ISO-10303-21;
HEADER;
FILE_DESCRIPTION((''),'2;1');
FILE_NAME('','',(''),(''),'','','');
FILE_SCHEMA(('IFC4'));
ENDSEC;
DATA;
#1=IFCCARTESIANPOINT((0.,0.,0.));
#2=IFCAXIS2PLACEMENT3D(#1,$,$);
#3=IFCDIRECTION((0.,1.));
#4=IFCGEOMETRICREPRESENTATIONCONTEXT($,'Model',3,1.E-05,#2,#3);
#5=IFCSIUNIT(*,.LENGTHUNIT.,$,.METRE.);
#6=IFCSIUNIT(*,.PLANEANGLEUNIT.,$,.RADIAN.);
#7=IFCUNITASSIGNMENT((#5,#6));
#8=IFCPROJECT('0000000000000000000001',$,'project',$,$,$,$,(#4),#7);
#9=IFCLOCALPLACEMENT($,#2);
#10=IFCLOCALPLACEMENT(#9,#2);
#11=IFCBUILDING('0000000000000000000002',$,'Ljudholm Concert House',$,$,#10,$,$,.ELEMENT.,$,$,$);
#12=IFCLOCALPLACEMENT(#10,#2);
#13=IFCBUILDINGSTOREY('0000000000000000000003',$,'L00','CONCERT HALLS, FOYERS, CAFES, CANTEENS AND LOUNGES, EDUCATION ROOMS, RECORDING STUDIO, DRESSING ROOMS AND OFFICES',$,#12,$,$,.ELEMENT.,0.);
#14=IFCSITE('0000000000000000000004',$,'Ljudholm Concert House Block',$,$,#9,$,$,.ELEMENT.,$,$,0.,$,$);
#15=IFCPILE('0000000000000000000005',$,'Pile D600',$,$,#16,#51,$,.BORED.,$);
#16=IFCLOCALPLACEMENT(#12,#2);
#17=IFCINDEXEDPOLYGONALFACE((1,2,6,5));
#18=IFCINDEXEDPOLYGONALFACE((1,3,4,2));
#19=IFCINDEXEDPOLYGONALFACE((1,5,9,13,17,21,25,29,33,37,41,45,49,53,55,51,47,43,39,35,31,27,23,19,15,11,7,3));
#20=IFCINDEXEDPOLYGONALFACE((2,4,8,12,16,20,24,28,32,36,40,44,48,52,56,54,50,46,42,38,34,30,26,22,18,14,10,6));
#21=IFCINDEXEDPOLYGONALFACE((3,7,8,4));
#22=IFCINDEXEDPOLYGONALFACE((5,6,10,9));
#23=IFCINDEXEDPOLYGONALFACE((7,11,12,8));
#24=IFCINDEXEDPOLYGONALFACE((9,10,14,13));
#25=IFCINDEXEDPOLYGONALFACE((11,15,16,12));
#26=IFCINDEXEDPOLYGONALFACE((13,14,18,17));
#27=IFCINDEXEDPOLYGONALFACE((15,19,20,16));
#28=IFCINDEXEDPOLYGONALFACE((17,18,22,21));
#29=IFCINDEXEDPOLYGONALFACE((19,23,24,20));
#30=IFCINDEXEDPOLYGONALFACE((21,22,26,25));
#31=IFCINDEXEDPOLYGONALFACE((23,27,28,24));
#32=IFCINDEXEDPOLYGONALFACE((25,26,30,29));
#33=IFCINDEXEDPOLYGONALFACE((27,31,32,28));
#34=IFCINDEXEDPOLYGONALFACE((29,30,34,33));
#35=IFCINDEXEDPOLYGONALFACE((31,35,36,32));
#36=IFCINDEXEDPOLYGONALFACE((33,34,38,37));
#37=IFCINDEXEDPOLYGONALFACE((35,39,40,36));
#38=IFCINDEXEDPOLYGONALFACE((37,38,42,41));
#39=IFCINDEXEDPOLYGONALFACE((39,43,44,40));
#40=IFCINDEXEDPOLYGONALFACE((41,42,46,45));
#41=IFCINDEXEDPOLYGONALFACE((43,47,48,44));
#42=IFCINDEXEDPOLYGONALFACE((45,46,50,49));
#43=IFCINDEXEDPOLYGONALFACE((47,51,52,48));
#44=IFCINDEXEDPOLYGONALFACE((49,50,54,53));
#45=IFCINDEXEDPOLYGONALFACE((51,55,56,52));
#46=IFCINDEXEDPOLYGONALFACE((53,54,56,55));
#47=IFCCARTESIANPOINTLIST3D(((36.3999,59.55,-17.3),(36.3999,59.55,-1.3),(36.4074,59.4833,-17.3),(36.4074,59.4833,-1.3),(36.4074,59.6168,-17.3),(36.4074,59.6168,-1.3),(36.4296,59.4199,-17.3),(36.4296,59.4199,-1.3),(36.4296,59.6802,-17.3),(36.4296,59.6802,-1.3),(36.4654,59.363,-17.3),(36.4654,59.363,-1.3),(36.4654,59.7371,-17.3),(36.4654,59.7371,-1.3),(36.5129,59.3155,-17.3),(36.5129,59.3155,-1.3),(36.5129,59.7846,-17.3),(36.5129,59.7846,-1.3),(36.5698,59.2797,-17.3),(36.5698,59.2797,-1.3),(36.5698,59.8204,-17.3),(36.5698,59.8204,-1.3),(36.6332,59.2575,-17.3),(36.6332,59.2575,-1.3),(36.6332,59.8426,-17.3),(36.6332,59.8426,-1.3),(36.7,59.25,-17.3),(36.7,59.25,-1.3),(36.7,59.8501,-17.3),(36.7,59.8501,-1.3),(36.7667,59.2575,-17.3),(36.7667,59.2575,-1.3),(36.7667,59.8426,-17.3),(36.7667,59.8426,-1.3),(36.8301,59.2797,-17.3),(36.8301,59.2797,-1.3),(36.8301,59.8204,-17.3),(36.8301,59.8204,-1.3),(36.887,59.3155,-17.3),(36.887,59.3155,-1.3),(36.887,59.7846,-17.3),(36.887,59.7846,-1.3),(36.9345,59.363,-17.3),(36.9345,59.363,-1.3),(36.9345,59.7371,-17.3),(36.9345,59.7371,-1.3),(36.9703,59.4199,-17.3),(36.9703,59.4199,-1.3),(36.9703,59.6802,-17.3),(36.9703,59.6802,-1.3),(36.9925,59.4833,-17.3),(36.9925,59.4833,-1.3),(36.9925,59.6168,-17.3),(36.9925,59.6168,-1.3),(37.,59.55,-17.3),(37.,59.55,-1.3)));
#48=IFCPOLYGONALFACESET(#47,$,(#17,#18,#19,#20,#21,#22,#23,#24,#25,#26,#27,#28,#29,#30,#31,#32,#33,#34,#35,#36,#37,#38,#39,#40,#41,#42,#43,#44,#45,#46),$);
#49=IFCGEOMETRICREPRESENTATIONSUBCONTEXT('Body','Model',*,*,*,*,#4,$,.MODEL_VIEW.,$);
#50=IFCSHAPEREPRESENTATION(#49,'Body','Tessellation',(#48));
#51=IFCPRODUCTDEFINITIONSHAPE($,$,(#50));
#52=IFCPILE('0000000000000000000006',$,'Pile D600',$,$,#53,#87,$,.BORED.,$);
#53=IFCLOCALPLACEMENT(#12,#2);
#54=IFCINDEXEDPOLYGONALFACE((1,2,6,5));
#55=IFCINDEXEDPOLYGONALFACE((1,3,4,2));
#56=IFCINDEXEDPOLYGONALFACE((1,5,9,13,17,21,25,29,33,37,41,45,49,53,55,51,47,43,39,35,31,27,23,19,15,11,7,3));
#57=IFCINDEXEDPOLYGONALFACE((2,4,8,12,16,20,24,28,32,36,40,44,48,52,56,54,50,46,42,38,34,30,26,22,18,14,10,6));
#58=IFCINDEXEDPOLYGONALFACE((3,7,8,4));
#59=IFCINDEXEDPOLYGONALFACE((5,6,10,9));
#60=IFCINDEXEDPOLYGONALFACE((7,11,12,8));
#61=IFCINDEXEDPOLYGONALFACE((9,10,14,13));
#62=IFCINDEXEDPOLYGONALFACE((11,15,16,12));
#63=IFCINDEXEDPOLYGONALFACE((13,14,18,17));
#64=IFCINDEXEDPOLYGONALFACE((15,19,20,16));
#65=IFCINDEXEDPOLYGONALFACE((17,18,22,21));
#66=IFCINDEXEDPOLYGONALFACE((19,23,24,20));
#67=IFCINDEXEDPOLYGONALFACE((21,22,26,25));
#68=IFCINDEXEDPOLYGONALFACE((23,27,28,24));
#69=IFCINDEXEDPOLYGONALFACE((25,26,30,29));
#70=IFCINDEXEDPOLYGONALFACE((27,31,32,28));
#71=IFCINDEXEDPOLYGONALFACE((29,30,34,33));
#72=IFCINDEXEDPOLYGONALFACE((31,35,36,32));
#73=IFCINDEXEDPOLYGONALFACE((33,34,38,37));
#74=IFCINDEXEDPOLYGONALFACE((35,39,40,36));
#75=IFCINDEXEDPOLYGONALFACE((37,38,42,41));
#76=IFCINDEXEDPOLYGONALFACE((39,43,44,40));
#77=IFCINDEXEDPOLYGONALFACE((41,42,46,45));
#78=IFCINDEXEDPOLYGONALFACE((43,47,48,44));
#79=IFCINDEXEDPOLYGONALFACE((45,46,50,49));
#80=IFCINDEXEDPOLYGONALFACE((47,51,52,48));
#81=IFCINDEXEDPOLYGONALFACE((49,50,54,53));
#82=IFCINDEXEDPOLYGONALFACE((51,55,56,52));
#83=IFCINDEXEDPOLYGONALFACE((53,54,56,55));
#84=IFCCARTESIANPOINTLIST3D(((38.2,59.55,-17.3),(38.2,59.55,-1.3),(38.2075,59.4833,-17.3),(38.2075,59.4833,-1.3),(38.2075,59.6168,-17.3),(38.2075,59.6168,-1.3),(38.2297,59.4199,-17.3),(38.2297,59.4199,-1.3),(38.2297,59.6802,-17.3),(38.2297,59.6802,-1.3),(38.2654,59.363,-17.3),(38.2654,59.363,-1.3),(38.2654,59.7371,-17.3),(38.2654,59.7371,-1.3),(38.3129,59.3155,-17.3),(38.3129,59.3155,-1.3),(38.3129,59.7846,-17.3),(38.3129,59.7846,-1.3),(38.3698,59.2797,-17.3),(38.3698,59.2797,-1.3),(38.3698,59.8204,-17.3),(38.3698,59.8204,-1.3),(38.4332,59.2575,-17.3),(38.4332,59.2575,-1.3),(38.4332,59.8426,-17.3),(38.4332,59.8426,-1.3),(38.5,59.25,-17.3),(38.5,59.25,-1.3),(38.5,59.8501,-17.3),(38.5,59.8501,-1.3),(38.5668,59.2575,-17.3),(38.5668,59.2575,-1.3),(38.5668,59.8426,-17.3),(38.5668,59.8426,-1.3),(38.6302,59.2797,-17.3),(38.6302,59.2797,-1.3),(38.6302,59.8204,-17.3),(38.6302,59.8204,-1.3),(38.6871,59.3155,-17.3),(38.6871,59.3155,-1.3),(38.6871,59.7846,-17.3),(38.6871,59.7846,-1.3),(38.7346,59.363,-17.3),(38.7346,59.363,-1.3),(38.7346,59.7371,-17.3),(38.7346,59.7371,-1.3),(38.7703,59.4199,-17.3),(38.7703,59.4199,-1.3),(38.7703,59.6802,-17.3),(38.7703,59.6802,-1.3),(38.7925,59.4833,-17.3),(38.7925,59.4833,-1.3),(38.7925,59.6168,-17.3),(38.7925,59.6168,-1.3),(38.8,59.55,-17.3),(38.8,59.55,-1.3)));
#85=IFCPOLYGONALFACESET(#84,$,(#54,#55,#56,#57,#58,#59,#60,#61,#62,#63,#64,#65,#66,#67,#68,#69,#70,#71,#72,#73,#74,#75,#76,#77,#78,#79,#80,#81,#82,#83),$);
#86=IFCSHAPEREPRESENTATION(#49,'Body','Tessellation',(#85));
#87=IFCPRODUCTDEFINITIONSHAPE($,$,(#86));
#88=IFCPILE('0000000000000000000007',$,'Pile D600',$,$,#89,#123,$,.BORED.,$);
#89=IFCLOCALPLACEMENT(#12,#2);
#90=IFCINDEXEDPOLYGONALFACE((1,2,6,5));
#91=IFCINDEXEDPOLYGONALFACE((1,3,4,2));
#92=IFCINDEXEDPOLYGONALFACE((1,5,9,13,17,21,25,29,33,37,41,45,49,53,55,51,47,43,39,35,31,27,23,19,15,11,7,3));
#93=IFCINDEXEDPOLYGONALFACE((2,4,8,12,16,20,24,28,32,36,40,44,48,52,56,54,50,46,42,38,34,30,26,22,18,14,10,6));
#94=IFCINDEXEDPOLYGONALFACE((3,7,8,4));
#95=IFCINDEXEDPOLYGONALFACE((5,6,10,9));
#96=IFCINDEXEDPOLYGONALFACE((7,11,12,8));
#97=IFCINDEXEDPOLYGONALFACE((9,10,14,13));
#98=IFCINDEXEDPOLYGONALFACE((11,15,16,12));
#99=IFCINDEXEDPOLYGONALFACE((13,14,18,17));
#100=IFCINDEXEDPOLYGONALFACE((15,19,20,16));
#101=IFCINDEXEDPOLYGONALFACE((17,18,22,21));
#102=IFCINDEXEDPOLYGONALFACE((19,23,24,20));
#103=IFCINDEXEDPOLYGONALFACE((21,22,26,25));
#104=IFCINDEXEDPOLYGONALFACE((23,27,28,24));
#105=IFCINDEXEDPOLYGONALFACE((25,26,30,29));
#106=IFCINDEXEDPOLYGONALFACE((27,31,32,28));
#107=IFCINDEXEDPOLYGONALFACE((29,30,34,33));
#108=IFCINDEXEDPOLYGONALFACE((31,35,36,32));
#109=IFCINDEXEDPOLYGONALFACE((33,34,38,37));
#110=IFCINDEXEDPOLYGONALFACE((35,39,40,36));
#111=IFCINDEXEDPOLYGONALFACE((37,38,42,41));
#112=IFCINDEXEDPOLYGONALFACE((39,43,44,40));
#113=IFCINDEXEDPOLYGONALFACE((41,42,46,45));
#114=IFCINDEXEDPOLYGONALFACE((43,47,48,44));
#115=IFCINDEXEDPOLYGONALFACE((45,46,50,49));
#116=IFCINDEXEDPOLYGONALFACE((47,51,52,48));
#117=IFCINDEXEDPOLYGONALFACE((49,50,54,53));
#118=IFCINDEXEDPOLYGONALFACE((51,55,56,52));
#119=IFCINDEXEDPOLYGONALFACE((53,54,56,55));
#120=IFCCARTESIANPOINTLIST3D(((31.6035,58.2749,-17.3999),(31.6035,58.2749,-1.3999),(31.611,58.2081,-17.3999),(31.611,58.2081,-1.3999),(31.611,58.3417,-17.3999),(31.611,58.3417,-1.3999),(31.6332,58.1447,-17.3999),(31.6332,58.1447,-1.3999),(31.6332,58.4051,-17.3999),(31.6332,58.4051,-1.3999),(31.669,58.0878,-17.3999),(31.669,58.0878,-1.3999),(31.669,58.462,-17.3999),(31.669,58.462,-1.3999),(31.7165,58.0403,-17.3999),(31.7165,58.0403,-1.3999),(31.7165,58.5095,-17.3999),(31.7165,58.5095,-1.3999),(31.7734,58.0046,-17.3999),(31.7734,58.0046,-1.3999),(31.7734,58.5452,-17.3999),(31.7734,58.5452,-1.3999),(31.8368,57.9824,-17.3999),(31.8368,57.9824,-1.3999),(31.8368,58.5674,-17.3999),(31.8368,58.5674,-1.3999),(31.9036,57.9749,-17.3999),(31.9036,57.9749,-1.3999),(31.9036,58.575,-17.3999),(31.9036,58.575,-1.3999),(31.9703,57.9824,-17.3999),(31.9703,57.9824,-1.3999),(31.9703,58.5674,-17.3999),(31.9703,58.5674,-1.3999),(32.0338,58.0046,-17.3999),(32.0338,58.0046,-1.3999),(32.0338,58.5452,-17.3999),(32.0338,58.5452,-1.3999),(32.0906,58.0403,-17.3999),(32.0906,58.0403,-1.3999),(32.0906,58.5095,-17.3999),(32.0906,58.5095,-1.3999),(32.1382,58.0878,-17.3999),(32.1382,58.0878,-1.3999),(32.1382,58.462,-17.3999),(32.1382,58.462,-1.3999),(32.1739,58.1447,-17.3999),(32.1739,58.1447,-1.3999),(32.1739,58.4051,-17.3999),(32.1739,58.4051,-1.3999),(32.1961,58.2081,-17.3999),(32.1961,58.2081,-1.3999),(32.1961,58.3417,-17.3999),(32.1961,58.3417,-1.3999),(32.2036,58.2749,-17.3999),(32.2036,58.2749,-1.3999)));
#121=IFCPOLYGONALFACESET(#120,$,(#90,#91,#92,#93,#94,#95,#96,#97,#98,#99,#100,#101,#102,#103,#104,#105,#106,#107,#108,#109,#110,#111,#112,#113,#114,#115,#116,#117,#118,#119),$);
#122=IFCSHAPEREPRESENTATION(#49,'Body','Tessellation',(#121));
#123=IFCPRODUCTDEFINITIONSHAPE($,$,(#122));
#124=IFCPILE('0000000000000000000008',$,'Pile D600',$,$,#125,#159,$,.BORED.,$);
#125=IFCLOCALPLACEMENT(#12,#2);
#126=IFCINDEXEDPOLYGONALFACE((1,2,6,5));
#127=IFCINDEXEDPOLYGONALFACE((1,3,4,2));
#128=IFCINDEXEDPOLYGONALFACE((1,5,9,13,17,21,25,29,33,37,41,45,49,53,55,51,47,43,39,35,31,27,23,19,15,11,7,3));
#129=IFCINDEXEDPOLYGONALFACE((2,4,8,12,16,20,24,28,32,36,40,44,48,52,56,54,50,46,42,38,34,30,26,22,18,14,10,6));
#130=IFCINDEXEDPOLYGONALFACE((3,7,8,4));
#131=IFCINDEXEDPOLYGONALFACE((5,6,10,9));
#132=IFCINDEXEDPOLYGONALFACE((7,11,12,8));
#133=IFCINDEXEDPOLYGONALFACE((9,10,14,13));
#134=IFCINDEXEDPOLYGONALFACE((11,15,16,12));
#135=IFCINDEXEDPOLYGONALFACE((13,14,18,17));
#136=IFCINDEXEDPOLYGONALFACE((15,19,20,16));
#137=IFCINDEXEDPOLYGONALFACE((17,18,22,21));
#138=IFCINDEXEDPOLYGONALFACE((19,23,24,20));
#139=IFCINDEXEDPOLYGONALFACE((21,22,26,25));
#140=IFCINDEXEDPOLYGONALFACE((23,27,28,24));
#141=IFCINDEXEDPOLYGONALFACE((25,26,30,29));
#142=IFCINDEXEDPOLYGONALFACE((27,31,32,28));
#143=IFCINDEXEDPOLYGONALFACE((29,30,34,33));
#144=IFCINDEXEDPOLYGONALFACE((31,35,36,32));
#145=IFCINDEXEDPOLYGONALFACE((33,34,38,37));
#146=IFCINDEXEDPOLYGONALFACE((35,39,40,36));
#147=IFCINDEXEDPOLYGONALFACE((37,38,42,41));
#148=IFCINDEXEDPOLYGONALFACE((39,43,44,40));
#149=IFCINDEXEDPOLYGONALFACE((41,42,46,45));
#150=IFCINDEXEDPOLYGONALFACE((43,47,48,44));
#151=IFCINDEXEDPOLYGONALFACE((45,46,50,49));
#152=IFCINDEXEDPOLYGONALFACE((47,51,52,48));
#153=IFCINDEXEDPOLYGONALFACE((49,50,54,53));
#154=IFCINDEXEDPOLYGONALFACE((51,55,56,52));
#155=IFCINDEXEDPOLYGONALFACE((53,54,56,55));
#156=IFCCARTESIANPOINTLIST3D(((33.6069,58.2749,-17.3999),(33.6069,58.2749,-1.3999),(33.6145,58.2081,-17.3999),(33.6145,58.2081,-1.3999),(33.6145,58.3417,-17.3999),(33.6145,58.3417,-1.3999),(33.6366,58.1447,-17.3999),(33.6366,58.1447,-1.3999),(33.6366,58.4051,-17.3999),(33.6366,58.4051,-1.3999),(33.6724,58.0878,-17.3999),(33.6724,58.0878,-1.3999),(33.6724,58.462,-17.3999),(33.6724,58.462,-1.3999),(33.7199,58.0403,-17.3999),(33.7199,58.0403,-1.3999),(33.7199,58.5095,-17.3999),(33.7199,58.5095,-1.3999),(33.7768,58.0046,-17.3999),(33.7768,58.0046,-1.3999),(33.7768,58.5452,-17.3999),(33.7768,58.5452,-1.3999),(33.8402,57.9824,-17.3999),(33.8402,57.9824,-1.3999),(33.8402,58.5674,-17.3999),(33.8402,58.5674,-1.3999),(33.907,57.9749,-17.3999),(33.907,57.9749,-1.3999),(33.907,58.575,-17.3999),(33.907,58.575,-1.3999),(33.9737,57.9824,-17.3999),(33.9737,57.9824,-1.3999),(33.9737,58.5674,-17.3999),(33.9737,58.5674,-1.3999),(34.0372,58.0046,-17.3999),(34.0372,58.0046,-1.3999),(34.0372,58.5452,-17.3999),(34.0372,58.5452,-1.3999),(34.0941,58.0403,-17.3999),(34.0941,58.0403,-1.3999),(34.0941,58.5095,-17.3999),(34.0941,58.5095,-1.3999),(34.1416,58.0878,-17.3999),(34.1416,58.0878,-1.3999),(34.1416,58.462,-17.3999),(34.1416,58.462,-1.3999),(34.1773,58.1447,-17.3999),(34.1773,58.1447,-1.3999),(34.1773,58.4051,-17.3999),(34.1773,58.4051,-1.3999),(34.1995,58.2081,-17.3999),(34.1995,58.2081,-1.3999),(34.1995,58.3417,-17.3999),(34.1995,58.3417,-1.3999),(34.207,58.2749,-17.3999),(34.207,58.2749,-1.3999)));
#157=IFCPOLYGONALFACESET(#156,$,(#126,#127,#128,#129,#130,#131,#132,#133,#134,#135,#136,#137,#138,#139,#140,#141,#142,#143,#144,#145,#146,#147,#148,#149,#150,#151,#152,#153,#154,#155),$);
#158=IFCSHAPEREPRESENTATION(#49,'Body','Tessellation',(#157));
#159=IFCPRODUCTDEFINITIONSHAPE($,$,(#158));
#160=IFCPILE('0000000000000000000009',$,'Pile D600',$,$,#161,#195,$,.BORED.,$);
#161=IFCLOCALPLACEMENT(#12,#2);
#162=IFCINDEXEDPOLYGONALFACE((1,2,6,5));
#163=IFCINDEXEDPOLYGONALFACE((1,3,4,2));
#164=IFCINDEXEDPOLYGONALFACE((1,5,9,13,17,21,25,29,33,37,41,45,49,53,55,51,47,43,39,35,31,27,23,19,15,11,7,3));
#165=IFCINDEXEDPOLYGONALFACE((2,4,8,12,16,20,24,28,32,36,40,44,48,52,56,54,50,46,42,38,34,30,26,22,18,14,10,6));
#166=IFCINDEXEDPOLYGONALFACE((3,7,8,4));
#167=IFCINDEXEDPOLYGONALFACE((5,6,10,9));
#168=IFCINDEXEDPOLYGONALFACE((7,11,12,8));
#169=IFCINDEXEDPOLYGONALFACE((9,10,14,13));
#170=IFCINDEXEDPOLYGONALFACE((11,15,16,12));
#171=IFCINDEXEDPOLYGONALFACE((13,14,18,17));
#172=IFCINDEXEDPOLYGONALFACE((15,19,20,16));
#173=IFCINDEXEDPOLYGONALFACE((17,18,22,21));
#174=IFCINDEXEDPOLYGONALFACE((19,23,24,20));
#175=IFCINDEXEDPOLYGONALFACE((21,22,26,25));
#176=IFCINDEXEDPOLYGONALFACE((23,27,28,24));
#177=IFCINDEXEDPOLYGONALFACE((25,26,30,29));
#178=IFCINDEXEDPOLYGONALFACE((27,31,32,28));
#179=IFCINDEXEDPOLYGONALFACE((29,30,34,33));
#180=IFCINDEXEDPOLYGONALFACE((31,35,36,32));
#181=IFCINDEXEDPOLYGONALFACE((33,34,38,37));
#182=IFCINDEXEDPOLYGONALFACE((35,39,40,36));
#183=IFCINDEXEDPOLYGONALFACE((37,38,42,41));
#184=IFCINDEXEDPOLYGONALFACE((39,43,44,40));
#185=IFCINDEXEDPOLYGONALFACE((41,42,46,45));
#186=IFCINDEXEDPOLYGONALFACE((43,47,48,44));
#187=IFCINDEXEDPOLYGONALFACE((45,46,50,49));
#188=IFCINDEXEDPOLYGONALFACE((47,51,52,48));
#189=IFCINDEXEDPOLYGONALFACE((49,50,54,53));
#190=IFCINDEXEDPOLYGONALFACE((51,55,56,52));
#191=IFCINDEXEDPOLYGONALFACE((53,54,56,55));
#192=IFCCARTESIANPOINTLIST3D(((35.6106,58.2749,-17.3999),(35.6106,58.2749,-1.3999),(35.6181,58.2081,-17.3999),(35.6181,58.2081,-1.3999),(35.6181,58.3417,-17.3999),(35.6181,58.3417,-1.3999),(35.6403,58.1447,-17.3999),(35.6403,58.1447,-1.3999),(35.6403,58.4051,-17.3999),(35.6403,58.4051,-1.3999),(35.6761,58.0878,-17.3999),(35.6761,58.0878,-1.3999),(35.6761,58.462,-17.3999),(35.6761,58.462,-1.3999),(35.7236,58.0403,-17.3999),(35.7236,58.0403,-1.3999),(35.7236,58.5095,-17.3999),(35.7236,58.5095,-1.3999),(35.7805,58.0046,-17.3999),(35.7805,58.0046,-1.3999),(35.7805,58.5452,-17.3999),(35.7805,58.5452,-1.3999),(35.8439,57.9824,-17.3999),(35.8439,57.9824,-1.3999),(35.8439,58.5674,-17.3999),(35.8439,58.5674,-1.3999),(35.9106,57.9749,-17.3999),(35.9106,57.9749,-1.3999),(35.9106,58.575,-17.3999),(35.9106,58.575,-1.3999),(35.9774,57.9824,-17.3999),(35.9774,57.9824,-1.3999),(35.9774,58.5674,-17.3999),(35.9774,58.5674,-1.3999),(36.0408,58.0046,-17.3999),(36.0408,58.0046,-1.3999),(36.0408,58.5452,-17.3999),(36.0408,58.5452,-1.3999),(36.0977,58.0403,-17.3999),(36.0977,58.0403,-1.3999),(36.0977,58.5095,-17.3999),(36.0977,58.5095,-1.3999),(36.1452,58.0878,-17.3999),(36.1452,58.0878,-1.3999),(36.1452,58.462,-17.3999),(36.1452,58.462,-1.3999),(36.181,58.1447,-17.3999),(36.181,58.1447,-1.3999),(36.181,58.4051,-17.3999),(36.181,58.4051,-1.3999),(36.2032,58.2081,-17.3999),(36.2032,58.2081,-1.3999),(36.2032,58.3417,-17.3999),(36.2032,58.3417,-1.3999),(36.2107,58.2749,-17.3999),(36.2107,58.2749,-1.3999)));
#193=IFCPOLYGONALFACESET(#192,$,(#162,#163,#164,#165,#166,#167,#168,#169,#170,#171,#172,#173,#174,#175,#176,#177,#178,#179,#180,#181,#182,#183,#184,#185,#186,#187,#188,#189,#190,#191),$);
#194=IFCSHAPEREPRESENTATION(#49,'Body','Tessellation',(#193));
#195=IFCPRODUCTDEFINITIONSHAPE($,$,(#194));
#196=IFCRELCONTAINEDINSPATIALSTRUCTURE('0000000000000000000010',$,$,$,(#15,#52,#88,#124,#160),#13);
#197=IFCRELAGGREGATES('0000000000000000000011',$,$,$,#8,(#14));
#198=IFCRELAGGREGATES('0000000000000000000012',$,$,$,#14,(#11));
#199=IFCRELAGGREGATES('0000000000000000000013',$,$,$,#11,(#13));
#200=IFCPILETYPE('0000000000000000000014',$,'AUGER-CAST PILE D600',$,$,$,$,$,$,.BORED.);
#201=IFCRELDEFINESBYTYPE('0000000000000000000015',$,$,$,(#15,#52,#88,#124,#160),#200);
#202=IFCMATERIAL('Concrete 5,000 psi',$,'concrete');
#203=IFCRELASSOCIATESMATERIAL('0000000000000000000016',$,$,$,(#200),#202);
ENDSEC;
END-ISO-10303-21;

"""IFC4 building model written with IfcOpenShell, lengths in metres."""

from ifc_helpers import new_model, si_unit, direction, frame, origin, origin_2d, place, context, subcontext, project, spatial, circle, extrude, material, material_profile, profile_set, type_object, element, save


model = new_model("IFC4")

# Units and contexts
model_context = context("Model", 3, precision=1e-05, world=origin(), true_north=direction((0.0, 1.0)))
body_context = subcontext(model_context, "Body", "Model", "MODEL_VIEW")
ifc_project = project(units=[si_unit("LENGTHUNIT", "METRE"), si_unit("PLANEANGLEUNIT", "RADIAN")], contexts=[model_context])

# Site, building, storey
site_placement = place(None, origin())
site = spatial("IfcSite", under=ifc_project, at=site_placement, Name="Ljudholm Concert House Block", CompositionType="ELEMENT", RefElevation=0.0)
building_placement = place(site_placement, origin())
building = spatial("IfcBuilding", under=site, at=building_placement, Name="Ljudholm Concert House", CompositionType="ELEMENT")
storey_placement = place(building_placement, origin())
storey = spatial("IfcBuildingStorey", under=building, at=storey_placement, Name="L00", Description="CONCERT HALLS, FOYERS, CAFES, CANTEENS AND LOUNGES, EDUCATION ROOMS, RECORDING STUDIO, DRESSING ROOMS AND OFFICES", CompositionType="ELEMENT", Elevation=0.0)

# Piles
ifc_material_1 = material(Name="Concrete 5,000 psi", Category="concrete")
ifc_material_profile_1 = material_profile(ifc_material_1, circle(Radius=0.3, at=origin_2d()), Name="AUGER-CAST PILE D600")
ifc_profile_set_1 = profile_set([ifc_material_profile_1], Name="Concrete 5,000 psi")
pile_type_1 = type_object("IfcPileType", Name="AUGER-CAST PILE D600", PredefinedType="BORED", material=ifc_profile_set_1)
for number, where, z_axis, x_axis, name in (
    (1, (36.7, 59.55, -1.3), (0.0, 0.0, -1.0), (1.0, 0.0, 0.0), "Pile D600"),
    (2, (38.5, 59.55, -1.3), (0.0, 0.0, -1.0), (1.0, 0.0, 0.0), "Pile D600"),
    (3, (31.9036, 58.2749, -1.3999), (0.0, 0.0, -1.0), (1.0, 0.0, 0.0), "Pile D600"),
    (4, (33.907, 58.2749, -1.3999), (0.0, 0.0, -1.0), (1.0, 0.0, 0.0), "Pile D600"),
    (5, (35.9106, 58.2749, -1.3999), (0.0, 0.0, -1.0), (1.0, 0.0, 0.0), "Pile D600"),
):
    element("IfcPile", number, at=place(storey_placement, frame(where, z_axis=z_axis, x_axis=x_axis)), inside=storey, type_object=pile_type_1, Name=name, PredefinedType="BORED", context=body_context, shape_type="SweptSolid", body=[
        extrude(circle(Radius=0.3, at=origin_2d()), origin(), (0.0, 0.0, 1.0), 16.0),
    ])

save(model, "model.ifc")
